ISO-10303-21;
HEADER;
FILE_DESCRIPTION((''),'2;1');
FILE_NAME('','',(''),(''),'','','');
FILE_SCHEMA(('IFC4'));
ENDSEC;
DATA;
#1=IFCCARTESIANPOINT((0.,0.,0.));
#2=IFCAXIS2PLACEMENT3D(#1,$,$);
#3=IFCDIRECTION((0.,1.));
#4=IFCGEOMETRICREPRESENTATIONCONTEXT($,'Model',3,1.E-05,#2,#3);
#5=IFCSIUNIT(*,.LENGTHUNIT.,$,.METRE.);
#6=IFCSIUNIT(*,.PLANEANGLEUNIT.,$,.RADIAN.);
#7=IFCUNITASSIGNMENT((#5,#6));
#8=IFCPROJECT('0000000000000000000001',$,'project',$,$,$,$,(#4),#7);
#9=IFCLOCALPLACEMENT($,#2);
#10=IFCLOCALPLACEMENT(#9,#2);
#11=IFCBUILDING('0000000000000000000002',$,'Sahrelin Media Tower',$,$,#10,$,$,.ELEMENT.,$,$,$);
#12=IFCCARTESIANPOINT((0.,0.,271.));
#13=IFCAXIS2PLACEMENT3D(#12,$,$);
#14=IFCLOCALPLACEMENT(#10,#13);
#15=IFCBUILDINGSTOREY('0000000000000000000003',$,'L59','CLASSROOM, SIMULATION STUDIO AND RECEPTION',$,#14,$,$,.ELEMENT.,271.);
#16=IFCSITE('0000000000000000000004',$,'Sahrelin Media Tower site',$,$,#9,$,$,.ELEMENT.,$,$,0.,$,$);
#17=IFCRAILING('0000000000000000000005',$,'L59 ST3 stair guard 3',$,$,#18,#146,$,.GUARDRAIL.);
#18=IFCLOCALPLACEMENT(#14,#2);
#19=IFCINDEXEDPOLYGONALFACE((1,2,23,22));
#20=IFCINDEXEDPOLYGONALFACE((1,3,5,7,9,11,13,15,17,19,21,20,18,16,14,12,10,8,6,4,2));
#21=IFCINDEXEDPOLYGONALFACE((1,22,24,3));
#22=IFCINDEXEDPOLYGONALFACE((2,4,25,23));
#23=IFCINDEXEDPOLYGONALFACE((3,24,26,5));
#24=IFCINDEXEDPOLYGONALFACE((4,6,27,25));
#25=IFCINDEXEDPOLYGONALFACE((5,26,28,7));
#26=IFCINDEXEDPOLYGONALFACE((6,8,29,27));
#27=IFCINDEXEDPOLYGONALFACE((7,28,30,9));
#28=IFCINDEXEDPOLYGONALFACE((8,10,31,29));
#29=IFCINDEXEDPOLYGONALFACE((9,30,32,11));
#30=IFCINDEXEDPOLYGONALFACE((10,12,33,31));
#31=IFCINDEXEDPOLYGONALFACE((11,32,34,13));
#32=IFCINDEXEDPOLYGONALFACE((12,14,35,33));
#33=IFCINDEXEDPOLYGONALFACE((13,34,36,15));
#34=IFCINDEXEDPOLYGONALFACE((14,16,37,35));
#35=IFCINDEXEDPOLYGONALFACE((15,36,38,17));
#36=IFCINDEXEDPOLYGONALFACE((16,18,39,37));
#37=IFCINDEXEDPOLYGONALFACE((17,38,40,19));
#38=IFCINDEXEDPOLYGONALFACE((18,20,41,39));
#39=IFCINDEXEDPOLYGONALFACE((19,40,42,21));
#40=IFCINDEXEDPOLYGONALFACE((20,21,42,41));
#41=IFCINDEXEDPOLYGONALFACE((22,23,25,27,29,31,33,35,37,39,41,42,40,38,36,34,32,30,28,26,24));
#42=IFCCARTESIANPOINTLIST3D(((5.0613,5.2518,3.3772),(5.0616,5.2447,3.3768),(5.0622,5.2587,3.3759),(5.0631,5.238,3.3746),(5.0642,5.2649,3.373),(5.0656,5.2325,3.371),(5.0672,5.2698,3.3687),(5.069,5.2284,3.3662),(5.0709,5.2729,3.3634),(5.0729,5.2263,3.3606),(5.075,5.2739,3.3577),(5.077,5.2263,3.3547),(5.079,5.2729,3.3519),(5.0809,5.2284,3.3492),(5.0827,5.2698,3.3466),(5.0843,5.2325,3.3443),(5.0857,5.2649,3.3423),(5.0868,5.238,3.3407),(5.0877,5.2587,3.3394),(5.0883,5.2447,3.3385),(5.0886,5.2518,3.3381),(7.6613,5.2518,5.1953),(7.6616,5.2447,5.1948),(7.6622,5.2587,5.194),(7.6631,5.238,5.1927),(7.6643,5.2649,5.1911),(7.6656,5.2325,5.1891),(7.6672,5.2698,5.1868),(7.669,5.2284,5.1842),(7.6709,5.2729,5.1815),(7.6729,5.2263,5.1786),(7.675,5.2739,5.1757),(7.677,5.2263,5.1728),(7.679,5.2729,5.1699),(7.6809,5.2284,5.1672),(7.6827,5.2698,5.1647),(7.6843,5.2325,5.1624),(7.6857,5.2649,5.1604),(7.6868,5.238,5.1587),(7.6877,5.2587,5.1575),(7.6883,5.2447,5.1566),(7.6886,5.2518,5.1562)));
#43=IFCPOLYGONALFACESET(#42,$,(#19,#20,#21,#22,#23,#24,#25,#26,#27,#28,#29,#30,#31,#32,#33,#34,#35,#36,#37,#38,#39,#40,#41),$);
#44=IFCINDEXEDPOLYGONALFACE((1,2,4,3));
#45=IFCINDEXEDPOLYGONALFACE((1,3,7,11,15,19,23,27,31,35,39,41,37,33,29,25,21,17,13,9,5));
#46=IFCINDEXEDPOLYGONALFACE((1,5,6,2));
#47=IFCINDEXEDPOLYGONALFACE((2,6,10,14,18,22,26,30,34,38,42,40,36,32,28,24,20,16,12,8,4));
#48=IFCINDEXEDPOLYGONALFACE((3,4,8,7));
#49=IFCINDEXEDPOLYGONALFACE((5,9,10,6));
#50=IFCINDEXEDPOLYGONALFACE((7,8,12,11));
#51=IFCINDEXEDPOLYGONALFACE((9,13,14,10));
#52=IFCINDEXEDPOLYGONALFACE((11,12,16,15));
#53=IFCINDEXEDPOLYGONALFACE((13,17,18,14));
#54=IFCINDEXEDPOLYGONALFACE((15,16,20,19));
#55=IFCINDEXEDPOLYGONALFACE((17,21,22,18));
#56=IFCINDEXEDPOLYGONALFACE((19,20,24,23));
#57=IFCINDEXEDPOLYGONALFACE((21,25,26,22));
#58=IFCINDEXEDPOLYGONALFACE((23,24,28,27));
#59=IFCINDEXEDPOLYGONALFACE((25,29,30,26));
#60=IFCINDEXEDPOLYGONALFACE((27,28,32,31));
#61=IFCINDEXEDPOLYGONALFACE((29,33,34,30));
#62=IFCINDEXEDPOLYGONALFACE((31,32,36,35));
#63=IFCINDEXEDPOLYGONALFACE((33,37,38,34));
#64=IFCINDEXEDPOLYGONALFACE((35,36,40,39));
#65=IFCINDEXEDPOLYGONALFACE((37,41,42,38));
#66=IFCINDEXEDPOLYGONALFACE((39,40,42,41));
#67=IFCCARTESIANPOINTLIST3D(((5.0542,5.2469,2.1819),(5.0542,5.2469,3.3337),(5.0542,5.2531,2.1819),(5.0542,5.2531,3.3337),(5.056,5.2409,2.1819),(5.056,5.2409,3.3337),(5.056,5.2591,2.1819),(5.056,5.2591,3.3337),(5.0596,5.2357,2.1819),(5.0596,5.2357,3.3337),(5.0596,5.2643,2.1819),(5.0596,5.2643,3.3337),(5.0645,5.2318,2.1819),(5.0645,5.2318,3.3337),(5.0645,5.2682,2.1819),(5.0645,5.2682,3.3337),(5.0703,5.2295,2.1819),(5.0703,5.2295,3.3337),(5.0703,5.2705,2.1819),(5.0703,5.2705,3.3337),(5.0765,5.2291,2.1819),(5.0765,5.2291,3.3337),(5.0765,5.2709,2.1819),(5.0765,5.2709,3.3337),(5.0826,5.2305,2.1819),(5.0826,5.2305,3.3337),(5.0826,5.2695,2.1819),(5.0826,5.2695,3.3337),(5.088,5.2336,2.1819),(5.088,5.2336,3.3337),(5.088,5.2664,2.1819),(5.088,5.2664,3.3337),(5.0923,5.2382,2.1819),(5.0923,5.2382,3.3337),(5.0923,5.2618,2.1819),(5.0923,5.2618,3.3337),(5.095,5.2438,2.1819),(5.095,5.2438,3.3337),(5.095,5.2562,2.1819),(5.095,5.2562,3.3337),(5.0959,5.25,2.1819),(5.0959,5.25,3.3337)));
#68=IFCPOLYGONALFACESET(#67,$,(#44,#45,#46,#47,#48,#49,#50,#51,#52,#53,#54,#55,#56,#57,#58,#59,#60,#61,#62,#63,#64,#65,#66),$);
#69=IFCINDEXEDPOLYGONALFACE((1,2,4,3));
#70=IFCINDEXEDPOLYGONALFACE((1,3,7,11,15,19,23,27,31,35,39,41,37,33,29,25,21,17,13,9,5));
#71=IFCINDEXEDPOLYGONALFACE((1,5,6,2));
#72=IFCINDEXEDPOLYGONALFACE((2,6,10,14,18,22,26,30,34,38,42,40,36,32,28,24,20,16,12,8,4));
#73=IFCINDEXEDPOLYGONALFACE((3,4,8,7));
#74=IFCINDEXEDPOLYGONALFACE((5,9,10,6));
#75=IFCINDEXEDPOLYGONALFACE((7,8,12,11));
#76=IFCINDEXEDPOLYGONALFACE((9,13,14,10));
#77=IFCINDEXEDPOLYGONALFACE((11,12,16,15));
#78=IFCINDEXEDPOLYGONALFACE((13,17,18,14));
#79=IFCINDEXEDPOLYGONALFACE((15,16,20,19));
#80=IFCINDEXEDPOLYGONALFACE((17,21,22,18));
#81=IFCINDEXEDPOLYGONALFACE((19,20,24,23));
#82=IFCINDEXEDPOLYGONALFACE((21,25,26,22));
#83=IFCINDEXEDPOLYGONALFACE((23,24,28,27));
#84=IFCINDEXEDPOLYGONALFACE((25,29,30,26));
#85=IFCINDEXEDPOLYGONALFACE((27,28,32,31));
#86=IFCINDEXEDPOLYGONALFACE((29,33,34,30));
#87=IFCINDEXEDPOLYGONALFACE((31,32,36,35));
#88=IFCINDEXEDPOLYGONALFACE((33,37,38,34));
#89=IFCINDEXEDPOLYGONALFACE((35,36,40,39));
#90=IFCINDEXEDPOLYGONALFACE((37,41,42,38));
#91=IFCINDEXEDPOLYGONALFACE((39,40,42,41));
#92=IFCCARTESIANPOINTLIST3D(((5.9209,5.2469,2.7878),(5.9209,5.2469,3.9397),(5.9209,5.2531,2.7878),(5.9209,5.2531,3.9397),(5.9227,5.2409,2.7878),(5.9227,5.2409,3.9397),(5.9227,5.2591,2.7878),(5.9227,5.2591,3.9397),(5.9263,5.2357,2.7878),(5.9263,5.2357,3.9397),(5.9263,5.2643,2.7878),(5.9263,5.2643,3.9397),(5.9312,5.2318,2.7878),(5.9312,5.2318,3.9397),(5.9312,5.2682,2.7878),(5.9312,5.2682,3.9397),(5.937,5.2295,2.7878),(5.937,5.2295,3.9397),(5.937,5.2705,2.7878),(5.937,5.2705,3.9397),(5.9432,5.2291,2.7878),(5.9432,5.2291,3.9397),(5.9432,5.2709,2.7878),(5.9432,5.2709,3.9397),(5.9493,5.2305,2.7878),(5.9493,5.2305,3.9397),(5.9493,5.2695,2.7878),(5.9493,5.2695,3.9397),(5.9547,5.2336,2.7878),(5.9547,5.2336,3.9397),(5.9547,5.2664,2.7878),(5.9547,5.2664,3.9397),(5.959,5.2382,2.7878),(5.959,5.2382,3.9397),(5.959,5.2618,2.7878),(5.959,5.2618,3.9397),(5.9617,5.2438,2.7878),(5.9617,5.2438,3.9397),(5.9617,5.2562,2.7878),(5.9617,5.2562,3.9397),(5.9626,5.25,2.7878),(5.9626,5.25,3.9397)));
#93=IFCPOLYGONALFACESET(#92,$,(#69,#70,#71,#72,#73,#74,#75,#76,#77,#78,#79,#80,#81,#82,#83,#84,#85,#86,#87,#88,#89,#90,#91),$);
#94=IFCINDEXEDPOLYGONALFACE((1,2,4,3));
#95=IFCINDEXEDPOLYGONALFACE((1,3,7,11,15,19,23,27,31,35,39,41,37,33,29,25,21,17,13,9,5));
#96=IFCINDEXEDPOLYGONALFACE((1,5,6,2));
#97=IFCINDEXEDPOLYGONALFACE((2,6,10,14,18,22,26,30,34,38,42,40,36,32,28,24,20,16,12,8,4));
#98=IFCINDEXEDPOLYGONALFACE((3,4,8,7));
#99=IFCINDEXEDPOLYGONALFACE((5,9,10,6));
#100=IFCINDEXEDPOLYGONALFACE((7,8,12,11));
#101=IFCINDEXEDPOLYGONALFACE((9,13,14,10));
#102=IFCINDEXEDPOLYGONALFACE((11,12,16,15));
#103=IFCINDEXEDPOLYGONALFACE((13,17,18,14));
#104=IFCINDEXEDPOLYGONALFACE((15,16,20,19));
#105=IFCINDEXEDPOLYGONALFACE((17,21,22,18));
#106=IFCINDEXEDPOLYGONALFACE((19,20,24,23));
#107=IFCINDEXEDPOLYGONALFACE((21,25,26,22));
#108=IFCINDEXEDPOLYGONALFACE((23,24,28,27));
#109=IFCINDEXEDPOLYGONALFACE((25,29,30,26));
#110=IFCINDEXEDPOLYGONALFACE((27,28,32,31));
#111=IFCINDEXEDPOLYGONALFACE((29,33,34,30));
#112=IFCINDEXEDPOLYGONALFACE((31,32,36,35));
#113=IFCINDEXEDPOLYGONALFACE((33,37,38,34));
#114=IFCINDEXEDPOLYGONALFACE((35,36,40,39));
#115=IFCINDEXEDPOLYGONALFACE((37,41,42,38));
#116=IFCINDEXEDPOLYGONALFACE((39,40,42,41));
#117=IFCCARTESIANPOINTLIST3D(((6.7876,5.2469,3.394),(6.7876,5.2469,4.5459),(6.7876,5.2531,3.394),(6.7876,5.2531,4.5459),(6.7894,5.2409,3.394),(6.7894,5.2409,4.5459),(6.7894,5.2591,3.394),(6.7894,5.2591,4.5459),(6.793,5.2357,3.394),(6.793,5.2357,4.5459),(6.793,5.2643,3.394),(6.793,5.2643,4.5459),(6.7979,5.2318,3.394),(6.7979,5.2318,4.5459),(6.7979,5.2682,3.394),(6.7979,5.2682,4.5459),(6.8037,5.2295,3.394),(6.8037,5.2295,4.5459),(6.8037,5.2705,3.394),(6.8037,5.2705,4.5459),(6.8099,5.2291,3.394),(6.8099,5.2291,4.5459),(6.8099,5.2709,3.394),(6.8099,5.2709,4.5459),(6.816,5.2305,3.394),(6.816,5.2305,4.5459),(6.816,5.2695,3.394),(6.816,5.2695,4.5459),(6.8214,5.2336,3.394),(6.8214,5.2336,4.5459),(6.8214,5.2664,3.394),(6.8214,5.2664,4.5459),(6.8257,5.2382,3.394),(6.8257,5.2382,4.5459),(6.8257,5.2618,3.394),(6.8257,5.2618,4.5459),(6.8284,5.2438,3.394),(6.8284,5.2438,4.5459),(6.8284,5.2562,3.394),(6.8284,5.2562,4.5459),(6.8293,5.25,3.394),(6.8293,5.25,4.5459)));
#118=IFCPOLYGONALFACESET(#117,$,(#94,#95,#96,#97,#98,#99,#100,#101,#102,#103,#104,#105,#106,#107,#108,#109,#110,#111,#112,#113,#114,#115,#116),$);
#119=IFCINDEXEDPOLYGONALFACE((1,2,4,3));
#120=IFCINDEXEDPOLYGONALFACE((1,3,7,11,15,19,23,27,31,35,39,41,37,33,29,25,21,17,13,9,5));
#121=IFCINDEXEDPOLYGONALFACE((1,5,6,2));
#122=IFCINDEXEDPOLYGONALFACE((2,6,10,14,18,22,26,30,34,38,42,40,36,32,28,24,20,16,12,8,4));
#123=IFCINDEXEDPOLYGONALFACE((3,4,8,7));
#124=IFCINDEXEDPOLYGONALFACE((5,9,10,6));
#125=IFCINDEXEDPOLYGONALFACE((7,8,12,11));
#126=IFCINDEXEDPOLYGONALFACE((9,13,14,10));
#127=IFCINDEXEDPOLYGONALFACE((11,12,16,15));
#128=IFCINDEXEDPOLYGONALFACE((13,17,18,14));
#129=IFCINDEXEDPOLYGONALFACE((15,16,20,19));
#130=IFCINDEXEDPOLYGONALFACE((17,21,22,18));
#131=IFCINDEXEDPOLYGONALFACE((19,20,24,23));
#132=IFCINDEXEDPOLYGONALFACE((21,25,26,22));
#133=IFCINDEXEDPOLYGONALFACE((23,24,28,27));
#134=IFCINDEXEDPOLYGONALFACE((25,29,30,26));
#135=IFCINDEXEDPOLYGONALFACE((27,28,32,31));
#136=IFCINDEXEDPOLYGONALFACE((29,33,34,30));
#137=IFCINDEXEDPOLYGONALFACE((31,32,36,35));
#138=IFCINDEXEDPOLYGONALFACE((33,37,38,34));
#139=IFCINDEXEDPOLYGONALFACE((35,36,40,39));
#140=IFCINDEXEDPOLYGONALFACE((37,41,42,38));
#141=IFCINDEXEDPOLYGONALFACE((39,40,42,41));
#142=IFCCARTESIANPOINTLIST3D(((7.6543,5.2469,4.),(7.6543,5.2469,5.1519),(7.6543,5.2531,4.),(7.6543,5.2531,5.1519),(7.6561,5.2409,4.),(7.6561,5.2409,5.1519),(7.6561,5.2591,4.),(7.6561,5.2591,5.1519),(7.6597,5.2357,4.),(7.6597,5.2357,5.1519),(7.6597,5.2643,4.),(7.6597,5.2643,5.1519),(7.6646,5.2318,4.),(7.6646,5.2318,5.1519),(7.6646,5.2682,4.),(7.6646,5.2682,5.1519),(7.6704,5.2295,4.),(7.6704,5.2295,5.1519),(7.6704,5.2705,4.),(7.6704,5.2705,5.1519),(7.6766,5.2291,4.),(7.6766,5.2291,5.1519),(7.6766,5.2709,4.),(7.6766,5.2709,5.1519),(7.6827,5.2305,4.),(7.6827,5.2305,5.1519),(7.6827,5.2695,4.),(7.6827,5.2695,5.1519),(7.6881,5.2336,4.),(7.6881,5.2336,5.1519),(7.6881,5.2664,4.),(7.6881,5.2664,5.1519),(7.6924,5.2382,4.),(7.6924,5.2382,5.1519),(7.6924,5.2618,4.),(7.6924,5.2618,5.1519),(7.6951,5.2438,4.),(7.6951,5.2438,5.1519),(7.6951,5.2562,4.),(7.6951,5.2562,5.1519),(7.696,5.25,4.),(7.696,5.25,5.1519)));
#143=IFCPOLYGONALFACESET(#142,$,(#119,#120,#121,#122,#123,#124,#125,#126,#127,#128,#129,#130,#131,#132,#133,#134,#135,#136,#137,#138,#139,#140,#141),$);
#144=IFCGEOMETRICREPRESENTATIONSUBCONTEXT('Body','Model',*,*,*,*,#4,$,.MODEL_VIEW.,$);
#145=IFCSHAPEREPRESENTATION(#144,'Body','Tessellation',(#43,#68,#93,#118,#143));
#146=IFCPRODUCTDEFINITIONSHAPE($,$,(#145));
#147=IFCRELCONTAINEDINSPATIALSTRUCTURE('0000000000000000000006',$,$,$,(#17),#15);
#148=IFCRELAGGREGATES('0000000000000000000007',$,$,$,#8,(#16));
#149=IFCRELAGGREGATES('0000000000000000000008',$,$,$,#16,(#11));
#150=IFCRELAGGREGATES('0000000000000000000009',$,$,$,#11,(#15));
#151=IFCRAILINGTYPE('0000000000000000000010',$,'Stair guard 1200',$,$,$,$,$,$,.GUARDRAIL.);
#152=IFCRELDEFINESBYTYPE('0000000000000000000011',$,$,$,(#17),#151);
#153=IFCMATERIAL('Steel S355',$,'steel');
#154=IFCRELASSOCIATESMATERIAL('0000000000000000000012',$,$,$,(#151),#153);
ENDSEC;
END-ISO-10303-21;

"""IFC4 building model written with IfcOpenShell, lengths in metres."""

from ifc_helpers import new_model, si_unit, direction, frame, origin, origin_2d, place, context, subcontext, project, spatial, circle, extrude, material, type_object, element, save


model = new_model("IFC4")

# Units and contexts
model_context = context("Model", 3, precision=1e-05, world=origin(), true_north=direction((0.0, 1.0)))
body_context = subcontext(model_context, "Body", "Model", "MODEL_VIEW")
ifc_project = project(units=[si_unit("LENGTHUNIT", "METRE"), si_unit("PLANEANGLEUNIT", "RADIAN")], contexts=[model_context])

# Site, building, storey
site_placement = place(None, origin())
site = spatial("IfcSite", under=ifc_project, at=site_placement, Name="Sahrelin Media Tower site", CompositionType="ELEMENT", RefElevation=0.0)
building_placement = place(site_placement, origin())
building = spatial("IfcBuilding", under=site, at=building_placement, Name="Sahrelin Media Tower", CompositionType="ELEMENT")
storey_placement = place(building_placement, frame((0.0, 0.0, 271.0)))
storey = spatial("IfcBuildingStorey", under=building, at=storey_placement, Name="L59", Description="CLASSROOM, SIMULATION STUDIO AND RECEPTION", CompositionType="ELEMENT", Elevation=271.0)

# Shared definitions
ifc_material_1 = material(Name="Steel S355", Category="steel")

# Railing
railing_type_1 = type_object("IfcRailingType", Name="Stair guard 1200", PredefinedType="GUARDRAIL", material=ifc_material_1)
railing_1_placement = place(storey_placement, frame((5.075, 5.25, 2.1819)))
element("IfcRailing", 1, at=railing_1_placement, inside=storey, type_object=railing_type_1, Name="L59 ST3 stair guard 3", PredefinedType="GUARDRAIL", context=body_context, shape_type="SweptSolid", body=[
    extrude(circle(Radius=0.0239, at=origin_2d()), frame((0.0, 0.0, 1.1758), z_axis=(0.819521, 0.0, 0.573049), x_axis=(0.0, 1.0, 0.0)), (0.0, 0.0, 1.0), 3.1726),
    extrude(circle(Radius=0.021, at=origin_2d()), origin(), (0.0, 0.0, 1.0), 1.1519),
    extrude(circle(Radius=0.021, at=origin_2d()), frame((0.8667, 0.0, 0.606)), (0.0, 0.0, 1.0), 1.1519),
    extrude(circle(Radius=0.021, at=origin_2d()), frame((1.7334, 0.0, 1.2122)), (0.0, 0.0, 1.0), 1.1519),
    extrude(circle(Radius=0.021, at=origin_2d()), frame((2.6001, 0.0, 1.8181)), (0.0, 0.0, 1.0), 1.1519),
])

save(model, "model.ifc")
